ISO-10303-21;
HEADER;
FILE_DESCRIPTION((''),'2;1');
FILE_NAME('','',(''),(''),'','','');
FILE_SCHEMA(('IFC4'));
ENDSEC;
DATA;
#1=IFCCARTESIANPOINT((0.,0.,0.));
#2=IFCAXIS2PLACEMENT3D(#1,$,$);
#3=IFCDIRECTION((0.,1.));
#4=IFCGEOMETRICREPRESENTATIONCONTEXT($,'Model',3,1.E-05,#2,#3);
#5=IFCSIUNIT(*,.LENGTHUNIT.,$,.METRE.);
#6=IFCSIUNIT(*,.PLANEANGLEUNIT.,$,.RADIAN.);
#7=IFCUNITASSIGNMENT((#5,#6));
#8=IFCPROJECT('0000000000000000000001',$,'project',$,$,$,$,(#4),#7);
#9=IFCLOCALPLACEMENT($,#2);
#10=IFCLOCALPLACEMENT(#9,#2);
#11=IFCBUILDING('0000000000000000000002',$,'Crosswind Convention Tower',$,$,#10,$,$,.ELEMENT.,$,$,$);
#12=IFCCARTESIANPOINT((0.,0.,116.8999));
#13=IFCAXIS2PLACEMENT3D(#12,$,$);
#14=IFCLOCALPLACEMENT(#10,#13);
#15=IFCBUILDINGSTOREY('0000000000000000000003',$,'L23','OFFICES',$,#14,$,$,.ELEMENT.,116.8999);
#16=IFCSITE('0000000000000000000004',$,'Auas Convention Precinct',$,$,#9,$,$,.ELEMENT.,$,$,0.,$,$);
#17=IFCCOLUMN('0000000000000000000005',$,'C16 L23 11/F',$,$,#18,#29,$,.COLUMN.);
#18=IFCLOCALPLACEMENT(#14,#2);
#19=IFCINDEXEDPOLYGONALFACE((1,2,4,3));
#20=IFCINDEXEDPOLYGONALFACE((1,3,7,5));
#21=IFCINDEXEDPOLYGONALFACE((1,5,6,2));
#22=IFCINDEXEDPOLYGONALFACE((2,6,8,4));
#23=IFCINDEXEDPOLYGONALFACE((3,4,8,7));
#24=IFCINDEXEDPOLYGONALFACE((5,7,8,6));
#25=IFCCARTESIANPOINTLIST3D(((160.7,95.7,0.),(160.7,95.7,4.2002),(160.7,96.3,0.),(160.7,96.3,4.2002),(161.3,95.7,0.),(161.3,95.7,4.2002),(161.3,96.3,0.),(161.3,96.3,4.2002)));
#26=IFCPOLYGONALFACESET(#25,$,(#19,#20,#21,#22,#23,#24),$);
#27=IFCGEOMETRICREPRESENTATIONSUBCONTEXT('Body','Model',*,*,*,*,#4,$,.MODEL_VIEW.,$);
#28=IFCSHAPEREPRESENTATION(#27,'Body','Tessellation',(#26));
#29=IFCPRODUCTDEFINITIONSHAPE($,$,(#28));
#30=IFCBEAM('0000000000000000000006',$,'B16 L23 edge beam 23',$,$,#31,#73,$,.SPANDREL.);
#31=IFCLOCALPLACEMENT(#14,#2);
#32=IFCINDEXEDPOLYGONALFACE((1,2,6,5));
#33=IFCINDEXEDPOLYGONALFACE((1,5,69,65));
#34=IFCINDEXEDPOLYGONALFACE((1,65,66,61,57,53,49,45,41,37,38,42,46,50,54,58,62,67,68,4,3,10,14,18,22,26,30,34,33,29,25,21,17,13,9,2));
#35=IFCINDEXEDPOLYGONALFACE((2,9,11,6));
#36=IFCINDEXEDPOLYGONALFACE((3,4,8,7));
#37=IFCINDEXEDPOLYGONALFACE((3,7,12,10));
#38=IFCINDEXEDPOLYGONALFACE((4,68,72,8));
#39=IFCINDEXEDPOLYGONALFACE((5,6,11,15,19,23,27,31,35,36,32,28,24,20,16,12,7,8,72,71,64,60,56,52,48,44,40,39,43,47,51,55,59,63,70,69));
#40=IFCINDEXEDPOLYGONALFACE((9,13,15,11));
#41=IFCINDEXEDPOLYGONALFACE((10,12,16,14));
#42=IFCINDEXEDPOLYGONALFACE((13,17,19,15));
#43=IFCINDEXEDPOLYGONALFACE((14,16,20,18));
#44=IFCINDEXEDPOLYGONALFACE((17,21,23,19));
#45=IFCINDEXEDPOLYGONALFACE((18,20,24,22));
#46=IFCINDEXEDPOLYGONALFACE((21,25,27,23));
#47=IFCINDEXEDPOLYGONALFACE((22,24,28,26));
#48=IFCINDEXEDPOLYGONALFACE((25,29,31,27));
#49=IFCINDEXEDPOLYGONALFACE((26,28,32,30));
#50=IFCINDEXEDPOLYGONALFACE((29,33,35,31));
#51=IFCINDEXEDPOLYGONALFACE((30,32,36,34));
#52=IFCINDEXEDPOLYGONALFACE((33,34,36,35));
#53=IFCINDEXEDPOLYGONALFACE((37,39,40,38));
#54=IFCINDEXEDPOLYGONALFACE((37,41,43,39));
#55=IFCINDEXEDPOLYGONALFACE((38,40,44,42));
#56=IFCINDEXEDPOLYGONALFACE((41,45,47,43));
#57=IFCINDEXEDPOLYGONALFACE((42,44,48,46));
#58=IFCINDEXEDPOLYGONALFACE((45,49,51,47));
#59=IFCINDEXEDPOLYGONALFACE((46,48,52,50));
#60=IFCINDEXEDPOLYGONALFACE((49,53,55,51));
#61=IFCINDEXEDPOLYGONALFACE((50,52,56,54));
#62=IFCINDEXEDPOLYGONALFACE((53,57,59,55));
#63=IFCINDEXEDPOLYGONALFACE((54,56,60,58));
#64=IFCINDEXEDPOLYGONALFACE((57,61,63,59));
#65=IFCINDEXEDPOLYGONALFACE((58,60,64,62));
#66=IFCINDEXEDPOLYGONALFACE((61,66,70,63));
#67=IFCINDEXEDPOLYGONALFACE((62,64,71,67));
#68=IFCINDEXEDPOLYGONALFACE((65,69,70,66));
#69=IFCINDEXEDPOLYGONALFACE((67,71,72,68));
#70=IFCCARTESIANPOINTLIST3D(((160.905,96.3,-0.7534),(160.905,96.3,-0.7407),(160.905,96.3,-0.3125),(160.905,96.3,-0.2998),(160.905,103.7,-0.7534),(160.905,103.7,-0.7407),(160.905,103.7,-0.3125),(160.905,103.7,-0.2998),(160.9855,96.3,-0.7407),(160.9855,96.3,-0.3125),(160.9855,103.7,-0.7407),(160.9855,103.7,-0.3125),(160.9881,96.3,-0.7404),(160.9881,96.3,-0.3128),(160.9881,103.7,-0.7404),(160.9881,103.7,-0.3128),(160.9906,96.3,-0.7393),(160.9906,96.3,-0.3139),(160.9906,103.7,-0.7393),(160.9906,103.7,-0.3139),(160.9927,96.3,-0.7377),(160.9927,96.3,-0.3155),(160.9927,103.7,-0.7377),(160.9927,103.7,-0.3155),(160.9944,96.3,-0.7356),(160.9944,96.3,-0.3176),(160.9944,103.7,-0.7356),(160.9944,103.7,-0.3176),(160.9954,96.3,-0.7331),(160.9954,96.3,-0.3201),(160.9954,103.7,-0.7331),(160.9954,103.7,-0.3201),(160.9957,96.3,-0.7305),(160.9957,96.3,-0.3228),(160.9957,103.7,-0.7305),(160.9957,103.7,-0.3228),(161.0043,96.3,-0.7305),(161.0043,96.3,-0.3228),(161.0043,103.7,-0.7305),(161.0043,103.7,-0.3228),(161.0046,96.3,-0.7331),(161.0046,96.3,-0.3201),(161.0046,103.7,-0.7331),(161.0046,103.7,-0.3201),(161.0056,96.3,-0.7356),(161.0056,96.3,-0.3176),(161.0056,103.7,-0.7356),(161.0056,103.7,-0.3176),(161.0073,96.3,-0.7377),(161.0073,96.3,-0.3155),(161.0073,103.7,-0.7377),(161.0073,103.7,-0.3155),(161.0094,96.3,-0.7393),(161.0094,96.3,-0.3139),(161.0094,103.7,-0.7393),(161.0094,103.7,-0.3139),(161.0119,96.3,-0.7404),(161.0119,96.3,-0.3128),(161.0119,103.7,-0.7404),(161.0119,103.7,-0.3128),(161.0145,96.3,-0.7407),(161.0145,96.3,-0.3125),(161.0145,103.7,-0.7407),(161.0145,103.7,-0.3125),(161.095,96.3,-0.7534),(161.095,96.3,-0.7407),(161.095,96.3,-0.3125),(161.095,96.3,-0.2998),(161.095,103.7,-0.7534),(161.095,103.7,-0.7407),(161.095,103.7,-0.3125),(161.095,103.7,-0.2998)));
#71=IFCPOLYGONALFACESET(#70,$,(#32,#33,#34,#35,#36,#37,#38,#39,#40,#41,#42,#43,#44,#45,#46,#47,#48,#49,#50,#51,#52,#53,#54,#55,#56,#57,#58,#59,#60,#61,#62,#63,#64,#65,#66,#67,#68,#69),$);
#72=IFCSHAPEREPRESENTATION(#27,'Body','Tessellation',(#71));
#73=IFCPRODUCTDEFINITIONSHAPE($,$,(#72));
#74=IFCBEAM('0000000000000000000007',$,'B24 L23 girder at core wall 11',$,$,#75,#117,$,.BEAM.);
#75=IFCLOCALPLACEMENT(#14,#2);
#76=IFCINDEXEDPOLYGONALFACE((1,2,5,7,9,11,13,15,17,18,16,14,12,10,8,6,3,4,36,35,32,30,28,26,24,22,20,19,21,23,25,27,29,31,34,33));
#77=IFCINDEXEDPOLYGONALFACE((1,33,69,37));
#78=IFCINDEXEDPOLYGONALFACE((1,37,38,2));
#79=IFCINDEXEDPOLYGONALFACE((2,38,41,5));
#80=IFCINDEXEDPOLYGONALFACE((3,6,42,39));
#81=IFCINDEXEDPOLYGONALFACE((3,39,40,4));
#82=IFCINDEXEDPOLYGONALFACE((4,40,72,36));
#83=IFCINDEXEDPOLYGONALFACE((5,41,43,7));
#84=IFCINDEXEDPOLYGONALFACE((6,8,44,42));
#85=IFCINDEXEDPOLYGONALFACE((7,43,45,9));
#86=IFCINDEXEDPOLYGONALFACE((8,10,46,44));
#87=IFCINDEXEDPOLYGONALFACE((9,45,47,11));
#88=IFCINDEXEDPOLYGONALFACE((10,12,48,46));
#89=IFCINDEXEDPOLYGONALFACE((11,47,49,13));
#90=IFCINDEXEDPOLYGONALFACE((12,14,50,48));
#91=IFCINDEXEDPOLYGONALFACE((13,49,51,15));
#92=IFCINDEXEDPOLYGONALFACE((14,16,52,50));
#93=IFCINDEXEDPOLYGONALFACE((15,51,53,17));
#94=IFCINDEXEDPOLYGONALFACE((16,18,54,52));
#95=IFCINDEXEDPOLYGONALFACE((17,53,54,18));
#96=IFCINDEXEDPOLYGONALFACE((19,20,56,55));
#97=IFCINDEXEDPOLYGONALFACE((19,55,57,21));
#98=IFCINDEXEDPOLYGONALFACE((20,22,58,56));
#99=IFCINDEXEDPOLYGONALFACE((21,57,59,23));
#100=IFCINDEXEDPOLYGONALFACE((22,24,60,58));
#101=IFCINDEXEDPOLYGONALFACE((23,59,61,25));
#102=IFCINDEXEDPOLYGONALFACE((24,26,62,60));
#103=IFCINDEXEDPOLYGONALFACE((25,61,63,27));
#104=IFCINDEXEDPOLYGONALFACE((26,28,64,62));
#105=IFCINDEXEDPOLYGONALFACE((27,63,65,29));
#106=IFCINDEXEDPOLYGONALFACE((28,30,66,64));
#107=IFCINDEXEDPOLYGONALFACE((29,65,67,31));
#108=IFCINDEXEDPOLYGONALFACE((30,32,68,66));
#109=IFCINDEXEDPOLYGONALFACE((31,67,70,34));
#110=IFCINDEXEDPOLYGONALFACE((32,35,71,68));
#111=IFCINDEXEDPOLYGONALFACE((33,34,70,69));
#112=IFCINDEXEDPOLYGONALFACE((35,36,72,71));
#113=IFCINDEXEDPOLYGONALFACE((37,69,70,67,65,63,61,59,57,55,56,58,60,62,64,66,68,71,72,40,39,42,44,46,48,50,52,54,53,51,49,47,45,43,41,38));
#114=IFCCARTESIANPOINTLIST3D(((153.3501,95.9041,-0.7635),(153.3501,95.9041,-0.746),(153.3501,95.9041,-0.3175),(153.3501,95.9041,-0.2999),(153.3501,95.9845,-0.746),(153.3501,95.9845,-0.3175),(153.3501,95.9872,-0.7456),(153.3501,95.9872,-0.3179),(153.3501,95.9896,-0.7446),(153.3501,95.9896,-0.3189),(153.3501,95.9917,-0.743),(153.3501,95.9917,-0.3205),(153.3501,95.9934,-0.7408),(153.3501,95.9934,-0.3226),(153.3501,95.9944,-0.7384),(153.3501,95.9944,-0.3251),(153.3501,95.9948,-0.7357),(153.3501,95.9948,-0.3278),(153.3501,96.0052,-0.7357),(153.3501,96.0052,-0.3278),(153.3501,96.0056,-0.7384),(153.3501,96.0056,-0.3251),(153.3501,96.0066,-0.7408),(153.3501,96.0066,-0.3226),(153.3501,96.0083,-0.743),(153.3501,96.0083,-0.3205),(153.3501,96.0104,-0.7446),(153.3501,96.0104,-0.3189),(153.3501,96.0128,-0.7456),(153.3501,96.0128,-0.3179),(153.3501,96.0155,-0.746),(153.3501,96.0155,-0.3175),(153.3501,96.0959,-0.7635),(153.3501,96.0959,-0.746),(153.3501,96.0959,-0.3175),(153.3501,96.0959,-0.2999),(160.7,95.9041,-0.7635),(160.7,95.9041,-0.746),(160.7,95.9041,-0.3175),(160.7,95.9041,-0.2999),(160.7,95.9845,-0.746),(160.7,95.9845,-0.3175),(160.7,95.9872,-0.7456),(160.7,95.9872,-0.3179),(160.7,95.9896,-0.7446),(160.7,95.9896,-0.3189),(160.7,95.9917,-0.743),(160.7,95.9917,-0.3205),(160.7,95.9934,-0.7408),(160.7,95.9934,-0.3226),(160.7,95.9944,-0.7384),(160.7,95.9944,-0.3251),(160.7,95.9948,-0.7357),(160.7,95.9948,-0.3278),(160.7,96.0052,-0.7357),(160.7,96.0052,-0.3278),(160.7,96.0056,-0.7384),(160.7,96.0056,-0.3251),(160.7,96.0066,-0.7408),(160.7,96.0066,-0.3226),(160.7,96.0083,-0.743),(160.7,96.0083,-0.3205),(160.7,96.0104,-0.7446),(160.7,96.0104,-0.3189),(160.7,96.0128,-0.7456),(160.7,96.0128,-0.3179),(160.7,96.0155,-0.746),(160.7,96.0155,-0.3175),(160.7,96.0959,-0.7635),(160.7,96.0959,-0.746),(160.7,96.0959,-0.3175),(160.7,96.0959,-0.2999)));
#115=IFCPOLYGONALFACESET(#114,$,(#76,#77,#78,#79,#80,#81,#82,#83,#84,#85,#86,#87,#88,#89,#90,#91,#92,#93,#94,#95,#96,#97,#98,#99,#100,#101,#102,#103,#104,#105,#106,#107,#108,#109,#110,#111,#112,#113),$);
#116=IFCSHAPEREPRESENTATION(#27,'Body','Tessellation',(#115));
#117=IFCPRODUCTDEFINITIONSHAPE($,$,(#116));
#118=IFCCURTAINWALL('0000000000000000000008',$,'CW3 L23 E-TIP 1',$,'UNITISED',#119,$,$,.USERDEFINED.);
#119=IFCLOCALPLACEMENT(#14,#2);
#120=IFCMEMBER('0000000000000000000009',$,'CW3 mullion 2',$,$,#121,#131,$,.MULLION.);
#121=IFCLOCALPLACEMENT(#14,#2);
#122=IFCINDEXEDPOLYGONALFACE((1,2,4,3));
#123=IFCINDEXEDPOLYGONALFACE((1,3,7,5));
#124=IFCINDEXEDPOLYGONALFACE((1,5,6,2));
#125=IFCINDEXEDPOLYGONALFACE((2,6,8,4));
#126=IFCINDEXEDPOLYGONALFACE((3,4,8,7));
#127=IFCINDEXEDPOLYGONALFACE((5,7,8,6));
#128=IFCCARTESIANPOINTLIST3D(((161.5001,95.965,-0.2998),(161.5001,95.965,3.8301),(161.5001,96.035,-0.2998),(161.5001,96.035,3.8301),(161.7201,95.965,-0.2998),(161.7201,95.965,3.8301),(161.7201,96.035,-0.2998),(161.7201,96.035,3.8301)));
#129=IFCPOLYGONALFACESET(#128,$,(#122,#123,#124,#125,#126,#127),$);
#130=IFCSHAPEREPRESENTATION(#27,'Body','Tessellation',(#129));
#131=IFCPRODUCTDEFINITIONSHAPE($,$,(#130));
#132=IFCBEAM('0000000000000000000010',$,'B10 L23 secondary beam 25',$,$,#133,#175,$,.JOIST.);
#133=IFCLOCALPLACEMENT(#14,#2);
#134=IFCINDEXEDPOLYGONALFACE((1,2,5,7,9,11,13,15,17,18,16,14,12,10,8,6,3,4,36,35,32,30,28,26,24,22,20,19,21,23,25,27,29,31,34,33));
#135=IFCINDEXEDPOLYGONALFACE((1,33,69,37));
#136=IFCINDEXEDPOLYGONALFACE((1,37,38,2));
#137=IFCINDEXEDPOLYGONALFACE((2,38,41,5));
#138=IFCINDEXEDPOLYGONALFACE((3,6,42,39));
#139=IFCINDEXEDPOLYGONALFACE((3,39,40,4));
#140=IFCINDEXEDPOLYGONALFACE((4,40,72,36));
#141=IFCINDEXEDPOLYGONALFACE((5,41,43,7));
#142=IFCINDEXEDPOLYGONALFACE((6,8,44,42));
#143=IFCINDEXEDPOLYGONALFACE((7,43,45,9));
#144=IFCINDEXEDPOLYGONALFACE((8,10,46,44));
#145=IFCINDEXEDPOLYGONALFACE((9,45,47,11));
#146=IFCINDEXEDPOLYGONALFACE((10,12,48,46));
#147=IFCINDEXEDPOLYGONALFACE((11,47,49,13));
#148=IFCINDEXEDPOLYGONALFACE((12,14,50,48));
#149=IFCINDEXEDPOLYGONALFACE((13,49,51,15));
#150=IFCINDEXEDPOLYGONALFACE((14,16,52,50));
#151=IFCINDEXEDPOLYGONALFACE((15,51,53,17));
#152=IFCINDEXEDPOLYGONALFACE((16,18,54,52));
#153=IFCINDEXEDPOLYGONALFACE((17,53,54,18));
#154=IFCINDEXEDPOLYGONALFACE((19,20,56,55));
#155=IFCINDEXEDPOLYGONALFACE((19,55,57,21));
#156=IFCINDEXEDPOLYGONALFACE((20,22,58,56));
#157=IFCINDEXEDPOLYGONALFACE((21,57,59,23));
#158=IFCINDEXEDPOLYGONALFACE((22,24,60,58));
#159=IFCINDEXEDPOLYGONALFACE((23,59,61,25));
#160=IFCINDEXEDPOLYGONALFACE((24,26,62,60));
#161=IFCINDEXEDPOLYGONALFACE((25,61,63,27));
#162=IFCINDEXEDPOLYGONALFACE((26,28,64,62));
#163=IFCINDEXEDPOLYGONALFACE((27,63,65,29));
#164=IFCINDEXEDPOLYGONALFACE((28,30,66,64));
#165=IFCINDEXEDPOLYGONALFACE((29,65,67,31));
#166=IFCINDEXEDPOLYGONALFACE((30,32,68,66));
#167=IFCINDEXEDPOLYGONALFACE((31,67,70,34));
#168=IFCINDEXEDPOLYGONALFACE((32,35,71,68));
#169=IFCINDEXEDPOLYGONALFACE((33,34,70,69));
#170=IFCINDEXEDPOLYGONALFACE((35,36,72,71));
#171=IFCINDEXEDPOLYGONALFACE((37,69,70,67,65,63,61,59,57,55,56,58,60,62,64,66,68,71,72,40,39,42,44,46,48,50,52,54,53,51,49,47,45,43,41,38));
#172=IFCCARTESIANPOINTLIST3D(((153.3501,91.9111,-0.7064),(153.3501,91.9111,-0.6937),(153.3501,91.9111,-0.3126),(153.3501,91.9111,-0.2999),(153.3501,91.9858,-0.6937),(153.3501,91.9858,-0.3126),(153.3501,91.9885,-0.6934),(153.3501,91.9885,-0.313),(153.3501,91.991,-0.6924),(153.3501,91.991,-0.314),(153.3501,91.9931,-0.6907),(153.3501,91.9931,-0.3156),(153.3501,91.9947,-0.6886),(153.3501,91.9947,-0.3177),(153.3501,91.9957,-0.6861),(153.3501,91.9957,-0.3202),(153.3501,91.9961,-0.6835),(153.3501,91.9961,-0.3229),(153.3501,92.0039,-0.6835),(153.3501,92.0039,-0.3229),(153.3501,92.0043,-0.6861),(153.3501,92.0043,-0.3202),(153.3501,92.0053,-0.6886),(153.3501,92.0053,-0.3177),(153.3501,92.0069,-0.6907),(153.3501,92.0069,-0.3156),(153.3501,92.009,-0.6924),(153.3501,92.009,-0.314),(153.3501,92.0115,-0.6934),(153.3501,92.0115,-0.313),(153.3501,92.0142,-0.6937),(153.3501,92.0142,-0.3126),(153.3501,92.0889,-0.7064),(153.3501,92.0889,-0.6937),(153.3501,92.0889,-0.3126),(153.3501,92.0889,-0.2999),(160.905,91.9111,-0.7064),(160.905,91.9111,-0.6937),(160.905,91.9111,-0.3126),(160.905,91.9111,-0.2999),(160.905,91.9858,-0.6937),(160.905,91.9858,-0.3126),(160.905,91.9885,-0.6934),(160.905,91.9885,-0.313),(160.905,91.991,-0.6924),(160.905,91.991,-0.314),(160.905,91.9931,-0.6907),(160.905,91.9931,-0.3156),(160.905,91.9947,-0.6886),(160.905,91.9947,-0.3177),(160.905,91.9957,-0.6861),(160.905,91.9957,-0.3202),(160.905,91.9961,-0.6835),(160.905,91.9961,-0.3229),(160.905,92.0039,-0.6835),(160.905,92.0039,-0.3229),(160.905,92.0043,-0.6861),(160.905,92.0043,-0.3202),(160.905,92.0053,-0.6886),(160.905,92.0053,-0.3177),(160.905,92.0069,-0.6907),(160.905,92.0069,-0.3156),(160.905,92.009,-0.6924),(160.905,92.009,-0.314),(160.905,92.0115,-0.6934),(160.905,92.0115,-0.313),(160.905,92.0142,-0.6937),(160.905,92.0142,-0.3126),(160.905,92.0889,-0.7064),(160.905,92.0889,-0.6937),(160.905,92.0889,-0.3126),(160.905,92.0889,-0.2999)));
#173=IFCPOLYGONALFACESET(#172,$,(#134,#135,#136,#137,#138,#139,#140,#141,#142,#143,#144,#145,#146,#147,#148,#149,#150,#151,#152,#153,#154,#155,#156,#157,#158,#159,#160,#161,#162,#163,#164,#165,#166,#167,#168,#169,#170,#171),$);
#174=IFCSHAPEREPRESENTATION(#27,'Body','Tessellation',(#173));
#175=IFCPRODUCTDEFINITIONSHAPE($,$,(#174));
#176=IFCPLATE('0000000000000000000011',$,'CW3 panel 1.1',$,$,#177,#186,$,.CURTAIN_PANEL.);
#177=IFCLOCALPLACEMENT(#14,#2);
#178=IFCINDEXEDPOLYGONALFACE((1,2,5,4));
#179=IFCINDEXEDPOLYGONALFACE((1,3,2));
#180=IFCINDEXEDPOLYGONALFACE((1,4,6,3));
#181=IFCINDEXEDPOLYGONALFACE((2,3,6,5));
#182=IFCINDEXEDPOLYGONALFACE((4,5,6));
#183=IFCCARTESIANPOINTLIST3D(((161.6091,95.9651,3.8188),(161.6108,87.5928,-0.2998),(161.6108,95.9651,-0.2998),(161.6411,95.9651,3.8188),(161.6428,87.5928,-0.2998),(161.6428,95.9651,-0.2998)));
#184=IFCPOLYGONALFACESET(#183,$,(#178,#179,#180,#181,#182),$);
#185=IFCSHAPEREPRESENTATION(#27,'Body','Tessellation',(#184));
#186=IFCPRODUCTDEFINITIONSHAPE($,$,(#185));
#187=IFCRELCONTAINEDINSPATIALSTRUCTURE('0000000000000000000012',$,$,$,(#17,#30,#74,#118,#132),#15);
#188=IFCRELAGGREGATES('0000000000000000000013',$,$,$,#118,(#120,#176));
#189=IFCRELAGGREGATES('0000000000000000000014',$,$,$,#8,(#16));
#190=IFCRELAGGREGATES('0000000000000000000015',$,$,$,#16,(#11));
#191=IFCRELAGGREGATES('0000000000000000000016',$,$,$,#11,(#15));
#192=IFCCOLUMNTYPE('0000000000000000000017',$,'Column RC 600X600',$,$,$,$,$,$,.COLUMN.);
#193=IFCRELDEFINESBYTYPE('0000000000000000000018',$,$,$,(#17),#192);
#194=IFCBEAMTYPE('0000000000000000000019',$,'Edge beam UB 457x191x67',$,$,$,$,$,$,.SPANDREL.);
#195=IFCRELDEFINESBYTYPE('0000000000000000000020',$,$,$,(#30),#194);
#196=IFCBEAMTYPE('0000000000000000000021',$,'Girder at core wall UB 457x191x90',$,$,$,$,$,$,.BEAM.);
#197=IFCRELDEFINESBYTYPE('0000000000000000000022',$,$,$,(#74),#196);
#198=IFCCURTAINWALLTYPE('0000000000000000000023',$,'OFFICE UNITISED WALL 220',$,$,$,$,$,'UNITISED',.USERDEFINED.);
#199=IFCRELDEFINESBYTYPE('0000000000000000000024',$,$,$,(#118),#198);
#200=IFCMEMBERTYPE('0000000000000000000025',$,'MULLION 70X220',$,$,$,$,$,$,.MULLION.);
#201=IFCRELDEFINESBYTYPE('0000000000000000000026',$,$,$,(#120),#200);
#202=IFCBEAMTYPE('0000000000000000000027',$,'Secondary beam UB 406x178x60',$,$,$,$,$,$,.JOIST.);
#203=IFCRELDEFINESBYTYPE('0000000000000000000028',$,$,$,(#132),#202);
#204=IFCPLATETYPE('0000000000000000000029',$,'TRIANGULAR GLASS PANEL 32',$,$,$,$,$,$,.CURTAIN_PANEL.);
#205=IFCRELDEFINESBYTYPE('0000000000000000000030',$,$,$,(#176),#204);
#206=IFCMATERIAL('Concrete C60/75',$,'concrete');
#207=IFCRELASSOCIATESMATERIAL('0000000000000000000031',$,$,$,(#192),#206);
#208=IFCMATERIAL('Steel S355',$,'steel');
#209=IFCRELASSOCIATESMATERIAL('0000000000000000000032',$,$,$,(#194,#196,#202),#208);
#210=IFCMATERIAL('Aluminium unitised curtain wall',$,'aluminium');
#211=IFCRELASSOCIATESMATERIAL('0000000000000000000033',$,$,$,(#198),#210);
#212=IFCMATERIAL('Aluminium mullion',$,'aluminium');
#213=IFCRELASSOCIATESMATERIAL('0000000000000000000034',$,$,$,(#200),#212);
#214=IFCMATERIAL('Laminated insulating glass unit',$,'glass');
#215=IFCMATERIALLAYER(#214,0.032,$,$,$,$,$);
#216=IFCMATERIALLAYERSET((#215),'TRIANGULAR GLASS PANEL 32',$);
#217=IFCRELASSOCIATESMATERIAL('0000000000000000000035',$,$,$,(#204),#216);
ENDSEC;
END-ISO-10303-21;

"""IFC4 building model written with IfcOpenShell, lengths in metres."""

from ifc_helpers import new_model, si_unit, direction, frame, origin, origin_2d, place, context, subcontext, project, spatial, polyline, rectangle, i_section, outline, extrude, material, layer, layer_set, material_profile, profile_set, type_object, element, aggregate, save


model = new_model("IFC4")

# Units and contexts
model_context = context("Model", 3, precision=1e-05, world=origin(), true_north=direction((0.0, 1.0)))
body_context = subcontext(model_context, "Body", "Model", "MODEL_VIEW")
ifc_project = project(units=[si_unit("LENGTHUNIT", "METRE"), si_unit("PLANEANGLEUNIT", "RADIAN")], contexts=[model_context])

# Site, building, storey
site_placement = place(None, origin())
site = spatial("IfcSite", under=ifc_project, at=site_placement, Name="Auas Convention Precinct", CompositionType="ELEMENT", RefElevation=0.0)
building_placement = place(site_placement, origin())
building = spatial("IfcBuilding", under=site, at=building_placement, Name="Crosswind Convention Tower", CompositionType="ELEMENT")
storey_placement = place(building_placement, frame((0.0, 0.0, 116.8999)))
storey = spatial("IfcBuildingStorey", under=building, at=storey_placement, Name="L23", Description="OFFICES", CompositionType="ELEMENT", Elevation=116.8999)

# Column
ifc_material_1 = material(Name="Concrete C60/75", Category="concrete")
ifc_material_profile_1 = material_profile(ifc_material_1, rectangle(XDim=0.6001, YDim=0.6001, at=origin_2d()), Name="RC 600X600")
ifc_profile_set_1 = profile_set([ifc_material_profile_1], Name="Concrete C60/75")
column_type = type_object("IfcColumnType", Name="Column RC 600X600", PredefinedType="COLUMN", material=ifc_profile_set_1)
column_placement = place(storey_placement, frame((161.0, 96.0, 0.0), z_axis=(0.0, 0.0, 1.0), x_axis=(1.0, 0.0, 0.0)))
element("IfcColumn", 1, at=column_placement, inside=storey, type_object=column_type, Name="C16 L23 11/F", PredefinedType="COLUMN", context=body_context, shape_type="SweptSolid", body=[
    extrude(rectangle(XDim=0.6001, YDim=0.6001, at=origin_2d()), origin(), (0.0, 0.0, 1.0), 4.2002),
])

# Beams
ifc_material_2 = material(Name="Steel S355", Category="steel")
ifc_material_profile_2 = material_profile(ifc_material_2, i_section(OverallWidth=0.1899, OverallDepth=0.4536, WebThickness=0.0085, FlangeThickness=0.0127, FilletRadius=0.0103, at=origin_2d()), Name="UB 457x191x67")
ifc_profile_set_2 = profile_set([ifc_material_profile_2], Name="Steel S355")
beam_type_1 = type_object("IfcBeamType", Name="Edge beam UB 457x191x67", PredefinedType="SPANDREL", material=ifc_profile_set_2)
beam_1_placement = place(storey_placement, frame((161.0, 96.3, -0.5266), z_axis=(0.0, 1.0, 0.0), x_axis=(-1.0, 0.0, 0.0)))
element("IfcBeam", 2, at=beam_1_placement, inside=storey, type_object=beam_type_1, Name="B16 L23 edge beam 23", PredefinedType="SPANDREL", context=body_context, shape_type="SweptSolid", body=[
    extrude(i_section(OverallWidth=0.1899, OverallDepth=0.4536, WebThickness=0.0085, FlangeThickness=0.0127, FilletRadius=0.0103, at=origin_2d()), origin(), (0.0, 0.0, 1.0), 7.3999),
])
ifc_material_profile_3 = material_profile(ifc_material_2, i_section(OverallWidth=0.1919, OverallDepth=0.4636, WebThickness=0.0105, FlangeThickness=0.0176, FilletRadius=0.0103, at=origin_2d()), Name="UB 457x191x90")
ifc_profile_set_3 = profile_set([ifc_material_profile_3], Name="Steel S355")
beam_type_2 = type_object("IfcBeamType", Name="Girder at core wall UB 457x191x90", PredefinedType="BEAM", material=ifc_profile_set_3)
beam_2_placement = place(storey_placement, frame((153.3501, 96.0, -0.5317), z_axis=(1.0, 0.0, 0.0), x_axis=(0.0, 1.0, 0.0)))
element("IfcBeam", 3, at=beam_2_placement, inside=storey, type_object=beam_type_2, Name="B24 L23 girder at core wall 11", PredefinedType="BEAM", context=body_context, shape_type="SweptSolid", body=[
    extrude(i_section(OverallWidth=0.1919, OverallDepth=0.4636, WebThickness=0.0105, FlangeThickness=0.0176, FilletRadius=0.0103, at=origin_2d()), origin(), (0.0, 0.0, 1.0), 7.3499),
])

# Curtain wall, member
ifc_material_3 = material(Name="Aluminium unitised curtain wall", Category="aluminium")
curtain_wall_type = type_object("IfcCurtainWallType", Name="OFFICE UNITISED WALL 220", ElementType="UNITISED", PredefinedType="USERDEFINED", material=ifc_material_3)
curtain_wall_placement = place(storey_placement, origin())
curtain_wall = element("IfcCurtainWall", 4, at=curtain_wall_placement, inside=storey, type_object=curtain_wall_type, Name="CW3 L23 E-TIP 1", ObjectType="UNITISED", PredefinedType="USERDEFINED")
ifc_material_4 = material(Name="Aluminium mullion", Category="aluminium")
ifc_material_profile_4 = material_profile(ifc_material_4, rectangle(XDim=0.22, YDim=0.0701, at=origin_2d()), Name="AL 220X70")
ifc_profile_set_4 = profile_set([ifc_material_profile_4], Name="Aluminium mullion")
member_type = type_object("IfcMemberType", Name="MULLION 70X220", PredefinedType="MULLION", material=ifc_profile_set_4)
member_placement = place(storey_placement, frame((161.6101, 96.0, -0.2998), z_axis=(0.0, 0.0, 1.0), x_axis=(1.0, 0.0, 0.0)))
member = element("IfcMember", 5, at=member_placement, type_object=member_type, Name="CW3 mullion 2", PredefinedType="MULLION", context=body_context, shape_type="SweptSolid", body=[
    extrude(rectangle(XDim=0.22, YDim=0.0701, at=origin_2d()), origin(), (0.0, 0.0, 1.0), 4.1299),
])

# Beam
ifc_material_profile_5 = material_profile(ifc_material_2, i_section(OverallWidth=0.1777, OverallDepth=0.4065, WebThickness=0.0078, FlangeThickness=0.0127, FilletRadius=0.0103, at=origin_2d()), Name="UB 406x178x60")
ifc_profile_set_5 = profile_set([ifc_material_profile_5], Name="Steel S355")
beam_type_3 = type_object("IfcBeamType", Name="Secondary beam UB 406x178x60", PredefinedType="JOIST", material=ifc_profile_set_5)
beam_3_placement = place(storey_placement, frame((153.3501, 92.0, -0.5032), z_axis=(1.0, 0.0, 0.0), x_axis=(0.0, 1.0, 0.0)))
element("IfcBeam", 6, at=beam_3_placement, inside=storey, type_object=beam_type_3, Name="B10 L23 secondary beam 25", PredefinedType="JOIST", context=body_context, shape_type="SweptSolid", body=[
    extrude(i_section(OverallWidth=0.1777, OverallDepth=0.4065, WebThickness=0.0078, FlangeThickness=0.0127, FilletRadius=0.0103, at=origin_2d()), origin(), (0.0, 0.0, 1.0), 7.5549),
])

# Plate
ifc_material_5 = material(Name="Laminated insulating glass unit", Category="glass")
ifc_layer_1 = layer(ifc_material_5, 0.032)
ifc_layer_set_1 = layer_set([ifc_layer_1], Name="TRIANGULAR GLASS PANEL 32")
plate_type = type_object("IfcPlateType", Name="TRIANGULAR GLASS PANEL 32", PredefinedType="CURTAIN_PANEL", material=ifc_layer_set_1)
plate_1_placement = place(storey_placement, frame((161.6428, 95.9651, -0.2998), z_axis=(1.0, 0.0, 0.000415), x_axis=(-0.000415, 0.0, 1.0)))
plate_1 = element("IfcPlate", 7, at=plate_1_placement, type_object=plate_type, Name="CW3 panel 1.1", PredefinedType="CURTAIN_PANEL", context=body_context, shape_type="SweptSolid", body=[
    extrude(outline(polyline([(0.0, 0.0), (4.1187, 0.0), (0.0, 8.3723), (0.0, 0.0)])), origin(), (0.0, 0.0, -1.0), 0.032),
])
aggregate(curtain_wall, [member, plate_1])

save(model, "model.ifc")
